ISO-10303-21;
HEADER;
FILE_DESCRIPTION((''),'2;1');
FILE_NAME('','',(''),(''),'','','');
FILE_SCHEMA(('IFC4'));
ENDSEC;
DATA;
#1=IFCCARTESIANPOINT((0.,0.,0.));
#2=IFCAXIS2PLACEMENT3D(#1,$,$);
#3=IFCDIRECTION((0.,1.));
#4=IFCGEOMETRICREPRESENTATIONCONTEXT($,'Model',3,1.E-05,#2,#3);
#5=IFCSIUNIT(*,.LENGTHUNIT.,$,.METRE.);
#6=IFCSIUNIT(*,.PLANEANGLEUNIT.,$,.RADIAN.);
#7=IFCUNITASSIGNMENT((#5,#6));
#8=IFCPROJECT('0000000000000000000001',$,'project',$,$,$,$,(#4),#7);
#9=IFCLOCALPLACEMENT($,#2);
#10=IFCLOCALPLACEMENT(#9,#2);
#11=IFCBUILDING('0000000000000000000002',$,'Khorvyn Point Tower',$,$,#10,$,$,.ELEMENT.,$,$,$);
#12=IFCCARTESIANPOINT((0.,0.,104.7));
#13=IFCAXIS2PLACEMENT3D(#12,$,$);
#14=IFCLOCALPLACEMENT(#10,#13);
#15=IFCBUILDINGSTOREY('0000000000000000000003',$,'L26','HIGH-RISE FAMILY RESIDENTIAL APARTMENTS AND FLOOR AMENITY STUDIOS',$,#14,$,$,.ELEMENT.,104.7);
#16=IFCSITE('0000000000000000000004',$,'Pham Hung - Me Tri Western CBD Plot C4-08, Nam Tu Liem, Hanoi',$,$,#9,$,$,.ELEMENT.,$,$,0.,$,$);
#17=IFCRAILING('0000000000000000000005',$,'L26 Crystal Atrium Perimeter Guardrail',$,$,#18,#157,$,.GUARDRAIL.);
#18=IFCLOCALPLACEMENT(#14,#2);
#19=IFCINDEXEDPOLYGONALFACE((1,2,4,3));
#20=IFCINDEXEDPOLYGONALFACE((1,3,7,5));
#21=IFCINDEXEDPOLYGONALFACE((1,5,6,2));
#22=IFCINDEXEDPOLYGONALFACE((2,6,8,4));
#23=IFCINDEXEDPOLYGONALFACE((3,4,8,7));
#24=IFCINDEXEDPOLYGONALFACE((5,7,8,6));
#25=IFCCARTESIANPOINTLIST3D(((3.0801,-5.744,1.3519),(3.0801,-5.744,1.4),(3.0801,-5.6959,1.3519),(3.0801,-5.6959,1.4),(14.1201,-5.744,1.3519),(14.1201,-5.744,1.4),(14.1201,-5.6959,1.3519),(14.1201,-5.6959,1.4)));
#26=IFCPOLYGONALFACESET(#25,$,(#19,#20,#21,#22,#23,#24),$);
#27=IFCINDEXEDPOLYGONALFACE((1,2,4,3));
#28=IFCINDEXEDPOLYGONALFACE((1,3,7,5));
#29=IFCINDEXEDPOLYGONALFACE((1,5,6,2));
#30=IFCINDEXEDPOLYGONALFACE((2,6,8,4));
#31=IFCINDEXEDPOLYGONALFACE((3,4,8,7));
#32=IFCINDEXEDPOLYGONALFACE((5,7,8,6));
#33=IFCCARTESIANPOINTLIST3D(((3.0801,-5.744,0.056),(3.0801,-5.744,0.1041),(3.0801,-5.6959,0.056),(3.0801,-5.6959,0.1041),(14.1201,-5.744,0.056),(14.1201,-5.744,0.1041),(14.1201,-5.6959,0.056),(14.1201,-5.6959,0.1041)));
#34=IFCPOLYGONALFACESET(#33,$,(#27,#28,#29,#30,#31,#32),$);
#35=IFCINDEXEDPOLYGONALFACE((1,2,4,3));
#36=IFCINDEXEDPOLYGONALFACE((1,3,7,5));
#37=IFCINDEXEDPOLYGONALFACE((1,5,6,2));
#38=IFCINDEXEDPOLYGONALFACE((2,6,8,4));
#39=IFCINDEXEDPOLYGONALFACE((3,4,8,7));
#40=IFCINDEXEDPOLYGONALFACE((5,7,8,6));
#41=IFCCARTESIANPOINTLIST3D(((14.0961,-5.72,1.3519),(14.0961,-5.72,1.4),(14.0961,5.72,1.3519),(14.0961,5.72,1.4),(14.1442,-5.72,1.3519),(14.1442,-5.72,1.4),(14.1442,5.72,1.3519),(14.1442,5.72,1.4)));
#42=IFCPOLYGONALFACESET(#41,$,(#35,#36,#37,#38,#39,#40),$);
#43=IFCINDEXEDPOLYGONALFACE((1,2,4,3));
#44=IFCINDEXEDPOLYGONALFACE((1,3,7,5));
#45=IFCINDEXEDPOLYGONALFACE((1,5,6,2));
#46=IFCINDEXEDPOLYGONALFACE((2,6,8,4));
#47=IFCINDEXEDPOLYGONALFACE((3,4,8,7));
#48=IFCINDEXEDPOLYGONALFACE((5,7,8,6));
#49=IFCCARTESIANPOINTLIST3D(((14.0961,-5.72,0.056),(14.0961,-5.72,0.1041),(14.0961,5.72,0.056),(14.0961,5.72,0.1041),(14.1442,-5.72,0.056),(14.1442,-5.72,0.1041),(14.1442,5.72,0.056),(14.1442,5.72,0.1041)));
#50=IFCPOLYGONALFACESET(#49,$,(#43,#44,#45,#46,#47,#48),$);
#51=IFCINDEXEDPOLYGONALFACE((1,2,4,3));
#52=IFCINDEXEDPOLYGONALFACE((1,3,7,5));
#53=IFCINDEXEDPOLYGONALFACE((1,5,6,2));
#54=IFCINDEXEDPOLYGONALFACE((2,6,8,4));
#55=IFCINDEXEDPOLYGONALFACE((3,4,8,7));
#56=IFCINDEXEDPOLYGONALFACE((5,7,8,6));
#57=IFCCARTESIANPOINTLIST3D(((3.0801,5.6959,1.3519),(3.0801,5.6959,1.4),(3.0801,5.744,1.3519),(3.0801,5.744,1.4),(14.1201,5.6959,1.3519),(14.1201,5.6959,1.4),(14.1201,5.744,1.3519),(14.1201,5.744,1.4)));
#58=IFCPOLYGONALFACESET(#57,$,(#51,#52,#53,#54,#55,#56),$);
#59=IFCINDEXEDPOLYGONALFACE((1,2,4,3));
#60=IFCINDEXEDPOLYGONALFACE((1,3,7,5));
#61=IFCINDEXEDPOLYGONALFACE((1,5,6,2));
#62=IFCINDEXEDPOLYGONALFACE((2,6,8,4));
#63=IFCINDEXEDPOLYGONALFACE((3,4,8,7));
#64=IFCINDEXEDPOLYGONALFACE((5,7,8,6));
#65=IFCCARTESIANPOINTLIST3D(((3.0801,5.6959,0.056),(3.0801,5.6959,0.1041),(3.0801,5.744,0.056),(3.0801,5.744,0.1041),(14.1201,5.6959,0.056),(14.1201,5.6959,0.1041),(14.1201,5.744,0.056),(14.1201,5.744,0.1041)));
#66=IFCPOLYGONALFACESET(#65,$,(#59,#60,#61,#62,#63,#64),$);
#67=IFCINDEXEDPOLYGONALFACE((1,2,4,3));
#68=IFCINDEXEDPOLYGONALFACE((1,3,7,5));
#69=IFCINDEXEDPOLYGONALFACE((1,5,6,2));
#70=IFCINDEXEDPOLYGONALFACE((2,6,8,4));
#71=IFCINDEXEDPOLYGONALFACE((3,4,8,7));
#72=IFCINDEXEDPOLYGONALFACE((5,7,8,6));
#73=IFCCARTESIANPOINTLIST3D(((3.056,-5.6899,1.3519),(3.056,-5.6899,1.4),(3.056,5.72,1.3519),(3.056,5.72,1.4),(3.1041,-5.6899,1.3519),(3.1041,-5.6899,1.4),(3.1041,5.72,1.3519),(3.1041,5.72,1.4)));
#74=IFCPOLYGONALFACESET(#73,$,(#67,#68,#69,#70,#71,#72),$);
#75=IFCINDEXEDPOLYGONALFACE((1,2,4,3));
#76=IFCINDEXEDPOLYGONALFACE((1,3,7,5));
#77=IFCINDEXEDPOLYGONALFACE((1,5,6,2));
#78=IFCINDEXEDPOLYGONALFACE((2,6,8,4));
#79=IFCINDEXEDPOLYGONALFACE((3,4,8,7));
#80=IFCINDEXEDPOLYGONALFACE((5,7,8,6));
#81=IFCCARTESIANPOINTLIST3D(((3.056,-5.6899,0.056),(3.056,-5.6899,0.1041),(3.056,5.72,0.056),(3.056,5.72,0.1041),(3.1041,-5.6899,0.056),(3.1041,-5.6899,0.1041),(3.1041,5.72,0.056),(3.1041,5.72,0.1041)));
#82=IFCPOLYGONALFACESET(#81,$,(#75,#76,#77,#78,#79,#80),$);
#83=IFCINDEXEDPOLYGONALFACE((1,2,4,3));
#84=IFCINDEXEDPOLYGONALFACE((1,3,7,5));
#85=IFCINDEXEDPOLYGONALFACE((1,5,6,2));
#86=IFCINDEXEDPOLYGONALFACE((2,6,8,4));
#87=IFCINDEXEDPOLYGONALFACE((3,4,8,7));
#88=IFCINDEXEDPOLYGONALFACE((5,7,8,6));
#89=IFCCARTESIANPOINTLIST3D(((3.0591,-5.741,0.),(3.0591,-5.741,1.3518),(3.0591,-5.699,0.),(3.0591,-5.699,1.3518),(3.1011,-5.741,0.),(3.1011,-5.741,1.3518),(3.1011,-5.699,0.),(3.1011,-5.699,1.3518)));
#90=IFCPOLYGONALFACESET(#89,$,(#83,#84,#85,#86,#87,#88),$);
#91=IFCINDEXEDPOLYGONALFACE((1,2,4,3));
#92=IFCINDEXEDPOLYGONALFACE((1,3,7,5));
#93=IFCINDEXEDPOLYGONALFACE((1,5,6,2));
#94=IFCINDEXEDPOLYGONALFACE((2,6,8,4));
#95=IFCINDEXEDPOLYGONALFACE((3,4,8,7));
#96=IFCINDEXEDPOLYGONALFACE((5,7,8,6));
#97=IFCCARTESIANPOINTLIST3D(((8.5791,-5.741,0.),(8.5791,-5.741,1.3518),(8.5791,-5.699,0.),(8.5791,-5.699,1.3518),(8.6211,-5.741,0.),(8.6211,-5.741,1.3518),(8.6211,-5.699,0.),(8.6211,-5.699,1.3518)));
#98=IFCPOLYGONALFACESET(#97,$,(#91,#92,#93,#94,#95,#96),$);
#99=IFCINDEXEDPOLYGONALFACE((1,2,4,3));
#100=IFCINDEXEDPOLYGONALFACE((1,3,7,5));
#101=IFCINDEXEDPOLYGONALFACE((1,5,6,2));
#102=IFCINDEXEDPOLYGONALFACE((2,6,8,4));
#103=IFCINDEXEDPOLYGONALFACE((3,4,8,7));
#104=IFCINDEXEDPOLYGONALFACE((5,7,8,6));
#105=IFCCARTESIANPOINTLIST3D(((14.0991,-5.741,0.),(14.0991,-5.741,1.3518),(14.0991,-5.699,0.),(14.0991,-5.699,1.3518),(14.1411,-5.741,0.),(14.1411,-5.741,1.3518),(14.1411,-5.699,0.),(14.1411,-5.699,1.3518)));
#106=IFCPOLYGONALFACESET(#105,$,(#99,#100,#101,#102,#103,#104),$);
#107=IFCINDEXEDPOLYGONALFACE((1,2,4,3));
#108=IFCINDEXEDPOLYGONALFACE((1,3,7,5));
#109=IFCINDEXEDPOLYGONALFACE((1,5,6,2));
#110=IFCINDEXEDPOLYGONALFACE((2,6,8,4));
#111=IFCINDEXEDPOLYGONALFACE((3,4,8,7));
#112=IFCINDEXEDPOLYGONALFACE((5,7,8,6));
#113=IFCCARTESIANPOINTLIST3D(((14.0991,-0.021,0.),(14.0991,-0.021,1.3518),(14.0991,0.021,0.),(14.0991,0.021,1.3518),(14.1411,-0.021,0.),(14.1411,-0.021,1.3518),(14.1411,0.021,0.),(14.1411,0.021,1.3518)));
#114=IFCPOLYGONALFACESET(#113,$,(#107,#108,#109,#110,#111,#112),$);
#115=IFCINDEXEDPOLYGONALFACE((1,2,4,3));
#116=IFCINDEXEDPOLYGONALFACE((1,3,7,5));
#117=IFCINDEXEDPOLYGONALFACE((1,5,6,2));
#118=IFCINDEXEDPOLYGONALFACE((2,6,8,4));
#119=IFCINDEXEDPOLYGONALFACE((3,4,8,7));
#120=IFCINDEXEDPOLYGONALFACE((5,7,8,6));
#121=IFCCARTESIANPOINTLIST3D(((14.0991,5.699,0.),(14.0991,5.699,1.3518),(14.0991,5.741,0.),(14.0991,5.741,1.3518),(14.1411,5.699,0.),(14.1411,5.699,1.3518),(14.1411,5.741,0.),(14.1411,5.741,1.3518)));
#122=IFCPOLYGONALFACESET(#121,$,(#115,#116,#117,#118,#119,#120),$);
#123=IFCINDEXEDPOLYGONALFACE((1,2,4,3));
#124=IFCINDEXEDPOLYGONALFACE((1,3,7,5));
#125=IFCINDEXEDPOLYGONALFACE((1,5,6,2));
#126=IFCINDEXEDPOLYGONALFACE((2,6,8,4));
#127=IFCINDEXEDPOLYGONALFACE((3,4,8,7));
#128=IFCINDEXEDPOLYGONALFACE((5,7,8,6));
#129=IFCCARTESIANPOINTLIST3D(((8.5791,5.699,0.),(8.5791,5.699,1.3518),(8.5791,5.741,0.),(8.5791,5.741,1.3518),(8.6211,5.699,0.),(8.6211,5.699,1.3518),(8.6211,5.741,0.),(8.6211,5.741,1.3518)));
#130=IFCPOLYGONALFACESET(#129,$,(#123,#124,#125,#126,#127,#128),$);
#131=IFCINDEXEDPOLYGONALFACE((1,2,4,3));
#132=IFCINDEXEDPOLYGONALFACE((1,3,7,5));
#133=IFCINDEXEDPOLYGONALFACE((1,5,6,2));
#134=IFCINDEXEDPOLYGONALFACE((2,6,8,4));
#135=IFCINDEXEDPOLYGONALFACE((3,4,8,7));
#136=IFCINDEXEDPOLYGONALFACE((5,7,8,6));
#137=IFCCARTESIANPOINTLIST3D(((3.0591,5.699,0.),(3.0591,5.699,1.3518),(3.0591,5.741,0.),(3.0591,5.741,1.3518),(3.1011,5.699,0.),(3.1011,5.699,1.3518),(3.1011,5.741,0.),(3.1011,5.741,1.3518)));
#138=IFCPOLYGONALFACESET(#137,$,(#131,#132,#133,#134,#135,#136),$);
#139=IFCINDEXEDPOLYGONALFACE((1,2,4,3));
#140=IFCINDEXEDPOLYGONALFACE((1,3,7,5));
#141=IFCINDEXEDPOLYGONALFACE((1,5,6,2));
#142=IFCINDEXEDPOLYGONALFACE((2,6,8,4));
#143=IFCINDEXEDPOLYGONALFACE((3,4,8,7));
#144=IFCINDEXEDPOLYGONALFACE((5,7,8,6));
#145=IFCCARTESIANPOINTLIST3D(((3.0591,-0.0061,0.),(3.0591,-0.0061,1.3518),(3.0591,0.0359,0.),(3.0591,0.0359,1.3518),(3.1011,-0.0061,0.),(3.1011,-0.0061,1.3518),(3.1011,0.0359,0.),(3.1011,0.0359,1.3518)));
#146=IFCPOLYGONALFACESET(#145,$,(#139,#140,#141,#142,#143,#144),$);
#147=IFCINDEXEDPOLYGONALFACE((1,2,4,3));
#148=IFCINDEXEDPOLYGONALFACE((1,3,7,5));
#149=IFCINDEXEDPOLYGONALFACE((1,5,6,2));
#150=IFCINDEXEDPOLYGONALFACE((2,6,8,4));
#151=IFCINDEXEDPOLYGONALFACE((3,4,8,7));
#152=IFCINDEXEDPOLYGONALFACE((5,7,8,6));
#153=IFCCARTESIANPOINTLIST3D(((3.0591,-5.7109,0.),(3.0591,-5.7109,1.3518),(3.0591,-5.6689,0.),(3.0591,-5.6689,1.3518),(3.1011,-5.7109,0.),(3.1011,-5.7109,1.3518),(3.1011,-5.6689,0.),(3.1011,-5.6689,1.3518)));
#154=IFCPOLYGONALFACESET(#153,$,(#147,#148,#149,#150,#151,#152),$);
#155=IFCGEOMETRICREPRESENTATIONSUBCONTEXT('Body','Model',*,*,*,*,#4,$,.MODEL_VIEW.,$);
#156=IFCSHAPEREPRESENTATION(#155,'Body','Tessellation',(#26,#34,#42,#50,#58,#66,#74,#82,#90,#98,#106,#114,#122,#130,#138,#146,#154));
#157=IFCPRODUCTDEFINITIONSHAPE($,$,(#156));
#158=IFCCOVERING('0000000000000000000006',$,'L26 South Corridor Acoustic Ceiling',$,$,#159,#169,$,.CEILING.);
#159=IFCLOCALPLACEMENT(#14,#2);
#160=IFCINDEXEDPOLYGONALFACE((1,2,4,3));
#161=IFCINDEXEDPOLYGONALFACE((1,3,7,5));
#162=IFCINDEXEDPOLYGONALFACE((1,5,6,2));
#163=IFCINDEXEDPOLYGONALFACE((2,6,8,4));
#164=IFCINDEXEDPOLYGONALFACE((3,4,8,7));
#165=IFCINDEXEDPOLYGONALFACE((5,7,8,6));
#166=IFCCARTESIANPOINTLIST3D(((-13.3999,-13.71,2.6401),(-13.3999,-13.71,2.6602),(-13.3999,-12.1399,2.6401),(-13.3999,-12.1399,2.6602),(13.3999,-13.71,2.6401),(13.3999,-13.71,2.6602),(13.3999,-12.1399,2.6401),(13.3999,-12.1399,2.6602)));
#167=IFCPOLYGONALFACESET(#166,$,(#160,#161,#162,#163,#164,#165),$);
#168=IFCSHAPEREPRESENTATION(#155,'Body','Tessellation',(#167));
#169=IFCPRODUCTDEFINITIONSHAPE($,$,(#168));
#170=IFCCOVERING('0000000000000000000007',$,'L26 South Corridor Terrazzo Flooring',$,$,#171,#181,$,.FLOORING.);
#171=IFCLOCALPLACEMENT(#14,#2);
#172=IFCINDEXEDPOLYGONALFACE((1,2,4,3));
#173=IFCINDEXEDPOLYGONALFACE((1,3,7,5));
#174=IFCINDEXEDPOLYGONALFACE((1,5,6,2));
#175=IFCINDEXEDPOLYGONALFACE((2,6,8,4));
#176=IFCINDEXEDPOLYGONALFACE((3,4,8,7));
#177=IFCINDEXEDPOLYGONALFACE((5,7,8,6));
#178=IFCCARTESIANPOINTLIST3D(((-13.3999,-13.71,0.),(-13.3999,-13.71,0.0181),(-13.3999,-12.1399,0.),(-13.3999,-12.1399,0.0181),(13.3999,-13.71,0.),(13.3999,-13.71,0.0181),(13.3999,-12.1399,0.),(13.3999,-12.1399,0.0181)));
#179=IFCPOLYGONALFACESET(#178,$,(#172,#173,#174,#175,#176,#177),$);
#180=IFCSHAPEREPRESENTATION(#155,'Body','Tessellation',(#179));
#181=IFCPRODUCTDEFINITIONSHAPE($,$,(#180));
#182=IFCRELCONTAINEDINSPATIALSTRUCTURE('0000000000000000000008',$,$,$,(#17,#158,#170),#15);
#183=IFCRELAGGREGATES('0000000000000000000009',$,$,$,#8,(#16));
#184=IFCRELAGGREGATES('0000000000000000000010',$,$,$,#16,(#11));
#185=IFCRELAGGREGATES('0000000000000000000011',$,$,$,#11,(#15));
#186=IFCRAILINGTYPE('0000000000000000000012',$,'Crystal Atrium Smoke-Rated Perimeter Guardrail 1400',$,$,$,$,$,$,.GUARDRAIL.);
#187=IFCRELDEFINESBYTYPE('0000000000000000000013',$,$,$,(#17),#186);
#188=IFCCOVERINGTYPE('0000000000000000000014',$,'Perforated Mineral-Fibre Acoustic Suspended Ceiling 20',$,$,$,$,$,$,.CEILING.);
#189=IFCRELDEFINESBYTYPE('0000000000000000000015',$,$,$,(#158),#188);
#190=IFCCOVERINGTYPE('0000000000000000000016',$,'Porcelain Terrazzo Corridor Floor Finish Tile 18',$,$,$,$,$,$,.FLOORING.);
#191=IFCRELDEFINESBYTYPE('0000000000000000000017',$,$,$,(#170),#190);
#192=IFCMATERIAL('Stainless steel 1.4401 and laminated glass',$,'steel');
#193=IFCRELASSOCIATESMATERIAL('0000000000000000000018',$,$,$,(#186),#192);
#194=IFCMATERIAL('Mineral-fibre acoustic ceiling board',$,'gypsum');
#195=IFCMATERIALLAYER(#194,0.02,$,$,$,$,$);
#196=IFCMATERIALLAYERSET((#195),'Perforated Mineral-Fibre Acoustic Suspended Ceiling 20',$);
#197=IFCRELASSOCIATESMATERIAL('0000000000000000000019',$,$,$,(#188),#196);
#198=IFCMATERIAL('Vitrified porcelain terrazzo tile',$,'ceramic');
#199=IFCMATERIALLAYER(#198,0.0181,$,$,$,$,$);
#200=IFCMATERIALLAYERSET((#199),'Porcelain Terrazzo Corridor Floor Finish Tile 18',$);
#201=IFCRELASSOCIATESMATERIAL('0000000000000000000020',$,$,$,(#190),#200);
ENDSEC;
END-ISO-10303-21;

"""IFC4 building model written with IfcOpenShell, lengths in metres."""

from ifc_helpers import new_model, si_unit, direction, frame, origin, origin_2d, place, context, subcontext, project, spatial, polyline, rectangle, outline, extrude, material, layer, layer_set, type_object, element, save


model = new_model("IFC4")

# Units and contexts
model_context = context("Model", 3, precision=1e-05, world=origin(), true_north=direction((0.0, 1.0)))
body_context = subcontext(model_context, "Body", "Model", "MODEL_VIEW")
ifc_project = project(units=[si_unit("LENGTHUNIT", "METRE"), si_unit("PLANEANGLEUNIT", "RADIAN")], contexts=[model_context])

# Site, building, storey
site_placement = place(None, origin())
site = spatial("IfcSite", under=ifc_project, at=site_placement, Name="Pham Hung - Me Tri Western CBD Plot C4-08, Nam Tu Liem, Hanoi", CompositionType="ELEMENT", RefElevation=0.0)
building_placement = place(site_placement, origin())
building = spatial("IfcBuilding", under=site, at=building_placement, Name="Khorvyn Point Tower", CompositionType="ELEMENT")
storey_placement = place(building_placement, frame((0.0, 0.0, 104.7)))
storey = spatial("IfcBuildingStorey", under=building, at=storey_placement, Name="L26", Description="HIGH-RISE FAMILY RESIDENTIAL APARTMENTS AND FLOOR AMENITY STUDIOS", CompositionType="ELEMENT", Elevation=104.7)

# Railing
ifc_material_1 = material(Name="Stainless steel 1.4401 and laminated glass", Category="steel")
railing_type_1 = type_object("IfcRailingType", Name="Crystal Atrium Smoke-Rated Perimeter Guardrail 1400", PredefinedType="GUARDRAIL", material=ifc_material_1)
railing_1_placement = place(storey_placement, frame((3.0801, -5.72, 0.0)))
element("IfcRailing", 1, at=railing_1_placement, inside=storey, type_object=railing_type_1, Name="L26 Crystal Atrium Perimeter Guardrail", PredefinedType="GUARDRAIL", context=body_context, shape_type="SweptSolid", body=[
    extrude(rectangle(XDim=0.0481, YDim=0.0481, at=origin_2d()), frame((0.0, 0.0, 1.376), z_axis=(1.0, 0.0, 0.0), x_axis=(0.0, 1.0, 0.0)), (0.0, 0.0, 1.0), 11.04),
    extrude(rectangle(XDim=0.0481, YDim=0.0481, at=origin_2d()), frame((0.0, 0.0, 0.0801), z_axis=(1.0, 0.0, 0.0), x_axis=(0.0, 1.0, 0.0)), (0.0, 0.0, 1.0), 11.04),
    extrude(rectangle(XDim=0.0481, YDim=0.0481, at=origin_2d()), frame((11.04, 0.0, 1.376), z_axis=(0.0, 1.0, 0.0), x_axis=(-1.0, 0.0, 0.0)), (0.0, 0.0, 1.0), 11.4399),
    extrude(rectangle(XDim=0.0481, YDim=0.0481, at=origin_2d()), frame((11.04, 0.0, 0.0801), z_axis=(0.0, 1.0, 0.0), x_axis=(-1.0, 0.0, 0.0)), (0.0, 0.0, 1.0), 11.4399),
    extrude(rectangle(XDim=0.0481, YDim=0.0481, at=origin_2d()), frame((11.04, 11.4399, 1.376), z_axis=(-1.0, 0.0, 0.0), x_axis=(0.0, -1.0, 0.0)), (0.0, 0.0, 1.0), 11.04),
    extrude(rectangle(XDim=0.0481, YDim=0.0481, at=origin_2d()), frame((11.04, 11.4399, 0.0801), z_axis=(-1.0, 0.0, 0.0), x_axis=(0.0, -1.0, 0.0)), (0.0, 0.0, 1.0), 11.04),
    extrude(rectangle(XDim=0.0481, YDim=0.0481, at=origin_2d()), frame((0.0, 11.4399, 1.376), z_axis=(0.0, -1.0, 0.0), x_axis=(1.0, 0.0, 0.0)), (0.0, 0.0, 1.0), 11.4099),
    extrude(rectangle(XDim=0.0481, YDim=0.0481, at=origin_2d()), frame((0.0, 11.4399, 0.0801), z_axis=(0.0, -1.0, 0.0), x_axis=(1.0, 0.0, 0.0)), (0.0, 0.0, 1.0), 11.4099),
    extrude(rectangle(XDim=0.042, YDim=0.042, at=origin_2d()), origin(), (0.0, 0.0, 1.0), 1.3518),
    extrude(rectangle(XDim=0.042, YDim=0.042, at=origin_2d()), frame((5.52, 0.0, 0.0)), (0.0, 0.0, 1.0), 1.3518),
    extrude(rectangle(XDim=0.042, YDim=0.042, at=origin_2d()), frame((11.04, 0.0, 0.0)), (0.0, 0.0, 1.0), 1.3518),
    extrude(rectangle(XDim=0.042, YDim=0.042, at=origin_2d()), frame((11.04, 5.72, 0.0)), (0.0, 0.0, 1.0), 1.3518),
    extrude(rectangle(XDim=0.042, YDim=0.042, at=origin_2d()), frame((11.04, 11.4399, 0.0)), (0.0, 0.0, 1.0), 1.3518),
    extrude(rectangle(XDim=0.042, YDim=0.042, at=origin_2d()), frame((5.52, 11.4399, 0.0)), (0.0, 0.0, 1.0), 1.3518),
    extrude(rectangle(XDim=0.042, YDim=0.042, at=origin_2d()), frame((0.0, 11.4399, 0.0)), (0.0, 0.0, 1.0), 1.3518),
    extrude(rectangle(XDim=0.042, YDim=0.042, at=origin_2d()), frame((0.0, 5.7349, 0.0)), (0.0, 0.0, 1.0), 1.3518),
    extrude(rectangle(XDim=0.042, YDim=0.042, at=origin_2d()), frame((0.0, 0.03, 0.0)), (0.0, 0.0, 1.0), 1.3518),
])

# Coverings
ifc_material_2 = material(Name="Mineral-fibre acoustic ceiling board", Category="gypsum")
ifc_layer_1 = layer(ifc_material_2, 0.02)
ifc_layer_set_1 = layer_set([ifc_layer_1], Name="Perforated Mineral-Fibre Acoustic Suspended Ceiling 20")
covering_type_1 = type_object("IfcCoveringType", Name="Perforated Mineral-Fibre Acoustic Suspended Ceiling 20", PredefinedType="CEILING", material=ifc_layer_set_1)
covering_1_placement = place(storey_placement, frame((0.0, 0.0, 2.6401)))
element("IfcCovering", 2, at=covering_1_placement, inside=storey, type_object=covering_type_1, Name="L26 South Corridor Acoustic Ceiling", PredefinedType="CEILING", context=body_context, shape_type="SweptSolid", body=[
    extrude(outline(polyline([(-13.3999, -13.71), (13.3999, -13.71), (13.3999, -12.1399), (-13.3999, -12.1399), (-13.3999, -13.71)])), origin(), (0.0, 0.0, 1.0), 0.02),
])
ifc_material_3 = material(Name="Vitrified porcelain terrazzo tile", Category="ceramic")
ifc_layer_2 = layer(ifc_material_3, 0.0181)
ifc_layer_set_2 = layer_set([ifc_layer_2], Name="Porcelain Terrazzo Corridor Floor Finish Tile 18")
covering_type_2 = type_object("IfcCoveringType", Name="Porcelain Terrazzo Corridor Floor Finish Tile 18", PredefinedType="FLOORING", material=ifc_layer_set_2)
covering_2_placement = place(storey_placement, origin())
element("IfcCovering", 3, at=covering_2_placement, inside=storey, type_object=covering_type_2, Name="L26 South Corridor Terrazzo Flooring", PredefinedType="FLOORING", context=body_context, shape_type="SweptSolid", body=[
    extrude(outline(polyline([(-13.3999, -13.71), (13.3999, -13.71), (13.3999, -12.1399), (-13.3999, -12.1399), (-13.3999, -13.71)])), origin(), (0.0, 0.0, 1.0), 0.0181),
])

save(model, "model.ifc")
